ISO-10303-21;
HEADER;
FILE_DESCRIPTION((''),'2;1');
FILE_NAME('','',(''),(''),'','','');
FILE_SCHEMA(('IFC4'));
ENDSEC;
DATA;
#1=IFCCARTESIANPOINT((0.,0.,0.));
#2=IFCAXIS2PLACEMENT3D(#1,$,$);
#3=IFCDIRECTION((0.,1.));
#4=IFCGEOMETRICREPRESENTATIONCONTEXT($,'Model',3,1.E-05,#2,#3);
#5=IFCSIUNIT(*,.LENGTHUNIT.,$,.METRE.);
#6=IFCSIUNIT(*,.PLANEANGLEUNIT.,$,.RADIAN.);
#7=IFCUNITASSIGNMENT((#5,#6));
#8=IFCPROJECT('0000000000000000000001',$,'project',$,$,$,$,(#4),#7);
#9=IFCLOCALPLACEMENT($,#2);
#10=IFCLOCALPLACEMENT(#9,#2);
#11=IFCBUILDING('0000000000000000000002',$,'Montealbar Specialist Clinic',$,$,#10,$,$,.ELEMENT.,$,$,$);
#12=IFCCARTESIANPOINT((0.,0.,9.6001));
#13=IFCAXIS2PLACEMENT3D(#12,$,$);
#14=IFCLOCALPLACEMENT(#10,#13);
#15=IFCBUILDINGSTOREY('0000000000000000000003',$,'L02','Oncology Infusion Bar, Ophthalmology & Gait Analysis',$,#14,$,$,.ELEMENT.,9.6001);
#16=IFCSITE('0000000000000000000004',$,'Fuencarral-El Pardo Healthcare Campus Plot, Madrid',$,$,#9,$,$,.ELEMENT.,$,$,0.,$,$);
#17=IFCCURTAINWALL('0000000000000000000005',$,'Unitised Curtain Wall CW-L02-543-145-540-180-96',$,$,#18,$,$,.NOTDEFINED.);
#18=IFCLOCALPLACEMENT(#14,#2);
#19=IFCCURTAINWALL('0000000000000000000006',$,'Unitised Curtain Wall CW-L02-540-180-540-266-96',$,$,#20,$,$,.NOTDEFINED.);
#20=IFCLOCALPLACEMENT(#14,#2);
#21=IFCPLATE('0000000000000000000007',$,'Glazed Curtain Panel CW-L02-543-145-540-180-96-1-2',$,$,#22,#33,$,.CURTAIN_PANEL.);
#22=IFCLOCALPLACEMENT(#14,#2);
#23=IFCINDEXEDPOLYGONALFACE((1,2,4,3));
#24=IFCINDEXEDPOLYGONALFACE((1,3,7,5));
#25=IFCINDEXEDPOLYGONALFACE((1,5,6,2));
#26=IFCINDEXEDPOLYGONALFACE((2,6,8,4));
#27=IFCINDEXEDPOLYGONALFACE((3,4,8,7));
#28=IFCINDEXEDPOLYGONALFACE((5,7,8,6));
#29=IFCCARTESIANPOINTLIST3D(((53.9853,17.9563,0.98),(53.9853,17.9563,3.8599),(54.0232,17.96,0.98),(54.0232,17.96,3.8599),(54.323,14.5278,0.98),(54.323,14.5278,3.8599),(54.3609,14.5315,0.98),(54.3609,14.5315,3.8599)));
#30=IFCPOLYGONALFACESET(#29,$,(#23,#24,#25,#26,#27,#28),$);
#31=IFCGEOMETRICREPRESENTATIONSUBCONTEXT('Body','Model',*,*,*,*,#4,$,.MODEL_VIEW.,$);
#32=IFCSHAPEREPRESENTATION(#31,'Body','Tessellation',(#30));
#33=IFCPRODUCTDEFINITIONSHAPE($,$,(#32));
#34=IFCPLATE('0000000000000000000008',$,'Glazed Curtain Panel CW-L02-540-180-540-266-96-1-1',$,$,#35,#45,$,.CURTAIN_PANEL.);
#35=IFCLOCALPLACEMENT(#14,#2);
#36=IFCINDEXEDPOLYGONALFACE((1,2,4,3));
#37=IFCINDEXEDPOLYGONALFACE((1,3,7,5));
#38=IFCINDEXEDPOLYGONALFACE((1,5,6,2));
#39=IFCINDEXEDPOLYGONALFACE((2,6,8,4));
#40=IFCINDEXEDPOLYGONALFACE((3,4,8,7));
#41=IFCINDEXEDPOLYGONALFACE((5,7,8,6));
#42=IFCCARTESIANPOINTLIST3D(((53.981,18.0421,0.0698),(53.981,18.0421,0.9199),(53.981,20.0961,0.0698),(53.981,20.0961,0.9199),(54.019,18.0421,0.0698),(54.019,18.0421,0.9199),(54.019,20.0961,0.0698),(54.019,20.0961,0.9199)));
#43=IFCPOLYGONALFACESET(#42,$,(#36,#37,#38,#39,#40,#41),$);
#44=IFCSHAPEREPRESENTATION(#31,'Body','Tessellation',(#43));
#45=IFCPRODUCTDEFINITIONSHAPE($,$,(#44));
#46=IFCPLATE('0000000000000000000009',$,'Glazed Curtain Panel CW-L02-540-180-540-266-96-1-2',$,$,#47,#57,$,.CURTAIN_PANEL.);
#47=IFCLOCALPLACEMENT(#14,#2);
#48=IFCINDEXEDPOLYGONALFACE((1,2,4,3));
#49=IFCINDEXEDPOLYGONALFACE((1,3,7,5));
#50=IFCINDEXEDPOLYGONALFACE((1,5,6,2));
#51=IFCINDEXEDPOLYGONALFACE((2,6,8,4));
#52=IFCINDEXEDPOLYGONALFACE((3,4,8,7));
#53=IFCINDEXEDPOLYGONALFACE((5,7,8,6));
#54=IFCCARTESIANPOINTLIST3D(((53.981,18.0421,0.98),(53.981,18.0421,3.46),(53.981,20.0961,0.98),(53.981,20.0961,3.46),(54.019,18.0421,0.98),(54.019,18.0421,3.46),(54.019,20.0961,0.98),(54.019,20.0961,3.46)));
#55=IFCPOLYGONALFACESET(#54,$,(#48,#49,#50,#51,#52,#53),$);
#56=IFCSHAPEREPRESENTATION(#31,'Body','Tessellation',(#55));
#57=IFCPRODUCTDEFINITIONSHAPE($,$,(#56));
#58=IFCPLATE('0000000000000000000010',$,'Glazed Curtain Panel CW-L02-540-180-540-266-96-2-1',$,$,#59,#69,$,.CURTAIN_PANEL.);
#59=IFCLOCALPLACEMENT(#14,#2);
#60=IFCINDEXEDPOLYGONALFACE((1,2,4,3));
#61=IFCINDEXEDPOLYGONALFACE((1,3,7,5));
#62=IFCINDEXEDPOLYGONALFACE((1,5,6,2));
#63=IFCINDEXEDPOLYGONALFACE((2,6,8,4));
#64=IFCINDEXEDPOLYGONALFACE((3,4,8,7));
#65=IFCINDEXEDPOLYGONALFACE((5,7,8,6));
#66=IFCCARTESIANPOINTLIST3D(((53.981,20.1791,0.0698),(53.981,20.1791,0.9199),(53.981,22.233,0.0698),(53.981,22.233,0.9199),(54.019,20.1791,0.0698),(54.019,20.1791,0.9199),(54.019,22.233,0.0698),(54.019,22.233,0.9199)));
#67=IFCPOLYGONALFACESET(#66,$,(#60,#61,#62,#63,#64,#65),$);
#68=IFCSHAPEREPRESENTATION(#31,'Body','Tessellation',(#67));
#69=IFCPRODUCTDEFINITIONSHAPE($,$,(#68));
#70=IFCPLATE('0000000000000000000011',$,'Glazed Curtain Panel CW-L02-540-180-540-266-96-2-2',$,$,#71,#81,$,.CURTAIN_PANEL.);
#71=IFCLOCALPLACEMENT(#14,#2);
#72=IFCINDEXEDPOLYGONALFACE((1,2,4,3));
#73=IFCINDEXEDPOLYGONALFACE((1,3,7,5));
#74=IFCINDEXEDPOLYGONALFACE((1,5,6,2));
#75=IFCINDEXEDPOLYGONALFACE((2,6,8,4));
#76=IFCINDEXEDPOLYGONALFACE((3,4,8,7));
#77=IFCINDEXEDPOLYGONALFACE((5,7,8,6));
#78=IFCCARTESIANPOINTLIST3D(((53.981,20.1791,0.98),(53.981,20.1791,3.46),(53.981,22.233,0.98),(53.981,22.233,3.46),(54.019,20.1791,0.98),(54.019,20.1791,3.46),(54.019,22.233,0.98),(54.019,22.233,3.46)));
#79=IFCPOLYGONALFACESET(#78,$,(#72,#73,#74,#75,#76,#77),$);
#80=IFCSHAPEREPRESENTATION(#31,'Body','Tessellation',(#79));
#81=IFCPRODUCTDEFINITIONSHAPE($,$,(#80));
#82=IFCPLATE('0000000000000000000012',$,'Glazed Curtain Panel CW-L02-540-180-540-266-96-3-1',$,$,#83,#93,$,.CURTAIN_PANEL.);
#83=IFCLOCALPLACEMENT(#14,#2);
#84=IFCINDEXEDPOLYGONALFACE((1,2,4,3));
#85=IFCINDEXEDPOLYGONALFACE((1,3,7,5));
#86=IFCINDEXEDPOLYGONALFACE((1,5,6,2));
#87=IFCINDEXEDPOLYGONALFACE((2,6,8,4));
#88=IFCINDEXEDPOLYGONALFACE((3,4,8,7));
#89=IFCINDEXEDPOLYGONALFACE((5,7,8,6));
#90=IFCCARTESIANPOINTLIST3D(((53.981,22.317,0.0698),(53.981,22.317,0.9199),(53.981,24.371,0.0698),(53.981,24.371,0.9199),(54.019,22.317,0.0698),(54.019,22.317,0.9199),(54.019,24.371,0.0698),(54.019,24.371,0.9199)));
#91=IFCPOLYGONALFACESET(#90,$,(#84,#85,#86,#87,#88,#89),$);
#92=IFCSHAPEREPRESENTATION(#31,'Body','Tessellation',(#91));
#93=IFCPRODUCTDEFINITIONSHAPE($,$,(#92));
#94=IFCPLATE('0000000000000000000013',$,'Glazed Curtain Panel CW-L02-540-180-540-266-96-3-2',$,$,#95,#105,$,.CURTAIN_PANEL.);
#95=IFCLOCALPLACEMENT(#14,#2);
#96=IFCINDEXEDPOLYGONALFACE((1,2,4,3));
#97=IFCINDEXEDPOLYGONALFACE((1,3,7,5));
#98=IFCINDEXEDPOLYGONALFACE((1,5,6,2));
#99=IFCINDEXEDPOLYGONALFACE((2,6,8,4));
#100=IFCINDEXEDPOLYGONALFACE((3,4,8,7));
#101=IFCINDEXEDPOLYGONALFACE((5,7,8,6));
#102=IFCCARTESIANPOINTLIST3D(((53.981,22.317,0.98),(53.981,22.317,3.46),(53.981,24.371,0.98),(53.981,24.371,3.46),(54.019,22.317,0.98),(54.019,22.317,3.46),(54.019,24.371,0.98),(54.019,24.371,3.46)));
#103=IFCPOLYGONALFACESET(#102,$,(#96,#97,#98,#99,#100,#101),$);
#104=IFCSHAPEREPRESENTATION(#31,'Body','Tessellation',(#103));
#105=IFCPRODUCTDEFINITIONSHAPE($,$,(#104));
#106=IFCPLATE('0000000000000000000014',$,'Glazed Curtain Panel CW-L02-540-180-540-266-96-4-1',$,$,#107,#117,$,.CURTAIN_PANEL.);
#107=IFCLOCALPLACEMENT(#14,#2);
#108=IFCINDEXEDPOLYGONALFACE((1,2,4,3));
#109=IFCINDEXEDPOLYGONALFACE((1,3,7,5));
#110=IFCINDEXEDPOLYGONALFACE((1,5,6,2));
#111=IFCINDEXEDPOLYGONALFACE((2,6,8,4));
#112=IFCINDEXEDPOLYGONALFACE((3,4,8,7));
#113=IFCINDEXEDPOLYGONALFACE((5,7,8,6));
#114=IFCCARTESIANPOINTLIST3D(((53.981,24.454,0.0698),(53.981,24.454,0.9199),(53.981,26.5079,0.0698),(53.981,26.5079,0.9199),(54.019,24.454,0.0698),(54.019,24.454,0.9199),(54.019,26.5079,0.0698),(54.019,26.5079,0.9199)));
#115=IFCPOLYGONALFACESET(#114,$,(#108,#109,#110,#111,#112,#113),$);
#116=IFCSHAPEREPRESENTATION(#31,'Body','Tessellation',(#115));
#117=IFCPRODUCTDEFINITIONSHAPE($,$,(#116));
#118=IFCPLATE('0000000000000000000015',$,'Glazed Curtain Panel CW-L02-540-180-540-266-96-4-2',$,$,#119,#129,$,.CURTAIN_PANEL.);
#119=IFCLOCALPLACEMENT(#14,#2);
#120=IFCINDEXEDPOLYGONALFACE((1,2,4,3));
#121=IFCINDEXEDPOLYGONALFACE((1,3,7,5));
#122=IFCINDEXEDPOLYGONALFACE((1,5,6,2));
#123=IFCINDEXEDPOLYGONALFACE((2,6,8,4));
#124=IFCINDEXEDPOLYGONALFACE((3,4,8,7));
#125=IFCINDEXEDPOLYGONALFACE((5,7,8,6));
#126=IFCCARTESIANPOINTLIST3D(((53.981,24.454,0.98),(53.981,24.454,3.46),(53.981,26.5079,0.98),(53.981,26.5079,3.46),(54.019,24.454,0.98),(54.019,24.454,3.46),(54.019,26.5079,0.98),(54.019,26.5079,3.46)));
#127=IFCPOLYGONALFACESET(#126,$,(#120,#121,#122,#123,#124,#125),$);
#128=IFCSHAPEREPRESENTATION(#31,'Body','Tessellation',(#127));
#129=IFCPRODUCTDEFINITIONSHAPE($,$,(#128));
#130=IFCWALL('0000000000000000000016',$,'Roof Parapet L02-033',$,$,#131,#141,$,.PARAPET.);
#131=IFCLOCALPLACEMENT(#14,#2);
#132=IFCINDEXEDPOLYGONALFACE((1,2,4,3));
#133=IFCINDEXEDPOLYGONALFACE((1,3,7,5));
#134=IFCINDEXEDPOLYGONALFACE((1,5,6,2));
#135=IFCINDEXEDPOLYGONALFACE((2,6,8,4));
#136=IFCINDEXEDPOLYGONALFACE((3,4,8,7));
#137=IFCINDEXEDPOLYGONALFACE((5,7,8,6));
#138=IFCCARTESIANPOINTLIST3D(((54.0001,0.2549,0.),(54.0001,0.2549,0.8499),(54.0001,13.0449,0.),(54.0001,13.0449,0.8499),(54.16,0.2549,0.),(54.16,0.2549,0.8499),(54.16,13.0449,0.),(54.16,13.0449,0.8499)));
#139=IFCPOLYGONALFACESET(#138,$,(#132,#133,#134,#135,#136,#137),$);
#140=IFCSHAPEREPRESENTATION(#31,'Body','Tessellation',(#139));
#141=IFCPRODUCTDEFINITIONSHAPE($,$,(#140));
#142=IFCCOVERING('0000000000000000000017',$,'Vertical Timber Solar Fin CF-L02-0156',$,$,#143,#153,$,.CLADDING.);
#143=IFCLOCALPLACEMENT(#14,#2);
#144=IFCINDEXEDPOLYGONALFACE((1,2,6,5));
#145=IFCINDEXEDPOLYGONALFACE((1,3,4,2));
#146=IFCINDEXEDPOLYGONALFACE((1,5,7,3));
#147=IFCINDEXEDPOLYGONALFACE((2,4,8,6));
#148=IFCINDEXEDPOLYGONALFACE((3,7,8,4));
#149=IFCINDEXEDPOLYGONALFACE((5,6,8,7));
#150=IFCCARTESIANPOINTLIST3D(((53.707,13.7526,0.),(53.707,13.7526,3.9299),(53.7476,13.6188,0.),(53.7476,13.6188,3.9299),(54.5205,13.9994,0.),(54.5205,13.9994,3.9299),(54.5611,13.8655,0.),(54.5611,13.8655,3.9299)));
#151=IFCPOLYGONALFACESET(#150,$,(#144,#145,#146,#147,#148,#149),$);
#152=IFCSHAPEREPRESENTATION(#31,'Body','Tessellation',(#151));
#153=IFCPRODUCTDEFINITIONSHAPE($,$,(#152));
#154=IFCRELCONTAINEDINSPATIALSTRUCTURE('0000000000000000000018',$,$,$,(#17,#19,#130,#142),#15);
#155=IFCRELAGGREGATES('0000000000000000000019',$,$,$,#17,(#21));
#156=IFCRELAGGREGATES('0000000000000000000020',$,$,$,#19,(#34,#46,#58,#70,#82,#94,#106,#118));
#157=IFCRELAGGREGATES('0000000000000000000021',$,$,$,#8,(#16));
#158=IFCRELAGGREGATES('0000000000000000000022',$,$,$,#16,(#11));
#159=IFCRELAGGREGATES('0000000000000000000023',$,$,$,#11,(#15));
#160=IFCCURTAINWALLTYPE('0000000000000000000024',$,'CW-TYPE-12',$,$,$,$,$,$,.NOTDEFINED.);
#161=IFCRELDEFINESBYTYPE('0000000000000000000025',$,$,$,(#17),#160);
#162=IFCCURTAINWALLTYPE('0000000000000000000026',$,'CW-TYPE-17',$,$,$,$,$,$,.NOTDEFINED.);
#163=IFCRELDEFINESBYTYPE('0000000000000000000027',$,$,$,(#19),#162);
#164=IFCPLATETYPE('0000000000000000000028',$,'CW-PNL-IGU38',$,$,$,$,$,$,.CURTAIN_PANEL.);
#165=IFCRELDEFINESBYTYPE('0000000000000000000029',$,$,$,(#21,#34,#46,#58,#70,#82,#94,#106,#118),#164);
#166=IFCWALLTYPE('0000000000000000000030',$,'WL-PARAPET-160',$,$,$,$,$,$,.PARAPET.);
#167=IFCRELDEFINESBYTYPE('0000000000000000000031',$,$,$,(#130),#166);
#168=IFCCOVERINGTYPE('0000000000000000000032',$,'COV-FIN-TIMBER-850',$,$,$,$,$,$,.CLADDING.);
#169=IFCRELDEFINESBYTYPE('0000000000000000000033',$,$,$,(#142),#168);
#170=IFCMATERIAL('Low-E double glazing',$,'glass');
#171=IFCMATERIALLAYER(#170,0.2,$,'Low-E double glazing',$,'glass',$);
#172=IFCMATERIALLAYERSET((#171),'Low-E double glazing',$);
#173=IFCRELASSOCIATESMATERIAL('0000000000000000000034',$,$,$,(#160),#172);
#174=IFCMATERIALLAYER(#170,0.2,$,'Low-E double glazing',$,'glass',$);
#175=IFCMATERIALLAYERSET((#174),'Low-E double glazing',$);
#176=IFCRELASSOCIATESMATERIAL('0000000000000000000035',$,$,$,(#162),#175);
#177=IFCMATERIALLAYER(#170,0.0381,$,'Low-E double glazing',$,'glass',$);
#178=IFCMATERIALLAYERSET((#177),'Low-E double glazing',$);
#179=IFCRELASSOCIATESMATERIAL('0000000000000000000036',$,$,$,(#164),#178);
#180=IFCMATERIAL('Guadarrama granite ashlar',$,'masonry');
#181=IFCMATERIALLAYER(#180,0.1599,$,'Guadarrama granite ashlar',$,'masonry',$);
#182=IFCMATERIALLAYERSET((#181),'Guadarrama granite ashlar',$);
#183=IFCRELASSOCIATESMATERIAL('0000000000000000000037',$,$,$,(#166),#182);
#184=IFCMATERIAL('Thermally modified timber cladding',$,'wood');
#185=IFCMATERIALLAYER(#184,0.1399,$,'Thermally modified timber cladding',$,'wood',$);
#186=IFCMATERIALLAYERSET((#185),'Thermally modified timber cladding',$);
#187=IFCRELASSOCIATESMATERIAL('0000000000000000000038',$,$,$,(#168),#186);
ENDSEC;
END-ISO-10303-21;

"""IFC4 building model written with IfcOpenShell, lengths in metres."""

from ifc_helpers import new_model, si_unit, direction, frame, frame_2d, origin, origin_2d, place, context, subcontext, project, spatial, rectangle, extrude, material, layer, layer_set, type_object, element, aggregate, save


model = new_model("IFC4")

# Units and contexts
model_context = context("Model", 3, precision=1e-05, world=origin(), true_north=direction((0.0, 1.0)))
body_context = subcontext(model_context, "Body", "Model", "MODEL_VIEW")
ifc_project = project(units=[si_unit("LENGTHUNIT", "METRE"), si_unit("PLANEANGLEUNIT", "RADIAN")], contexts=[model_context])

# Site, building, storey
site_placement = place(None, origin())
site = spatial("IfcSite", under=ifc_project, at=site_placement, Name="Fuencarral-El Pardo Healthcare Campus Plot, Madrid", CompositionType="ELEMENT", RefElevation=0.0)
building_placement = place(site_placement, origin())
building = spatial("IfcBuilding", under=site, at=building_placement, Name="Montealbar Specialist Clinic", CompositionType="ELEMENT")
storey_placement = place(building_placement, frame((0.0, 0.0, 9.6001)))
storey = spatial("IfcBuildingStorey", under=building, at=storey_placement, Name="L02", Description="Oncology Infusion Bar, Ophthalmology & Gait Analysis", CompositionType="ELEMENT", Elevation=9.6001)

# Curtain wall
ifc_material_1 = material(Name="Low-E double glazing", Category="glass")
ifc_layer_1 = layer(ifc_material_1, 0.2, Name="Low-E double glazing", Category="glass")
ifc_layer_set_1 = layer_set([ifc_layer_1], Name="Low-E double glazing")
curtain_wall_type_1 = type_object("IfcCurtainWallType", Name="CW-TYPE-12", PredefinedType="NOTDEFINED", material=ifc_layer_set_1)
curtain_wall_1_placement = place(storey_placement, origin())
curtain_wall_1 = element("IfcCurtainWall", 1, at=curtain_wall_1_placement, inside=storey, type_object=curtain_wall_type_1, Name="Unitised Curtain Wall CW-L02-543-145-540-180-96", PredefinedType="NOTDEFINED")

# Curtain wall
ifc_layer_2 = layer(ifc_material_1, 0.2, Name="Low-E double glazing", Category="glass")
ifc_layer_set_2 = layer_set([ifc_layer_2], Name="Low-E double glazing")
curtain_wall_type_2 = type_object("IfcCurtainWallType", Name="CW-TYPE-17", PredefinedType="NOTDEFINED", material=ifc_layer_set_2)
curtain_wall_2_placement = place(storey_placement, origin())
curtain_wall_2 = element("IfcCurtainWall", 2, at=curtain_wall_2_placement, inside=storey, type_object=curtain_wall_type_2, Name="Unitised Curtain Wall CW-L02-540-180-540-266-96", PredefinedType="NOTDEFINED")

# Plates
ifc_layer_3 = layer(ifc_material_1, 0.0381, Name="Low-E double glazing", Category="glass")
ifc_layer_set_3 = layer_set([ifc_layer_3], Name="Low-E double glazing")
plate_type = type_object("IfcPlateType", Name="CW-PNL-IGU38", PredefinedType="CURTAIN_PANEL", material=ifc_layer_set_3)
plate_1_placement = place(storey_placement, frame((54.1731, 16.2439, 0.98), z_axis=(0.0, 0.0, 1.0), x_axis=(-0.098045, 0.995182, 0.0)))
plate_1 = element("IfcPlate", 3, at=plate_1_placement, type_object=plate_type, Name="Glazed Curtain Panel CW-L02-543-145-540-180-96-1-2", PredefinedType="CURTAIN_PANEL", context=body_context, shape_type="SweptSolid", body=[
    extrude(rectangle(XDim=3.4451, YDim=0.0381, at=origin_2d()), origin(), (0.0, 0.0, 1.0), 2.8799),
])
aggregate(curtain_wall_1, [plate_1])
plate_2_placement = place(storey_placement, frame((54.0, 19.0691, 0.0698), z_axis=(0.0, 0.0, 1.0), x_axis=(0.0, 1.0, 0.0)))
plate_2 = element("IfcPlate", 4, at=plate_2_placement, type_object=plate_type, Name="Glazed Curtain Panel CW-L02-540-180-540-266-96-1-1", PredefinedType="CURTAIN_PANEL", context=body_context, shape_type="SweptSolid", body=[
    extrude(rectangle(XDim=2.054, YDim=0.0381, at=origin_2d()), origin(), (0.0, 0.0, 1.0), 0.8501),
])
plate_3_placement = place(storey_placement, frame((54.0, 19.0691, 0.98), z_axis=(0.0, 0.0, 1.0), x_axis=(0.0, 1.0, 0.0)))
plate_3 = element("IfcPlate", 5, at=plate_3_placement, type_object=plate_type, Name="Glazed Curtain Panel CW-L02-540-180-540-266-96-1-2", PredefinedType="CURTAIN_PANEL", context=body_context, shape_type="SweptSolid", body=[
    extrude(rectangle(XDim=2.054, YDim=0.0381, at=origin_2d()), origin(), (0.0, 0.0, 1.0), 2.48),
])
plate_4_placement = place(storey_placement, frame((54.0, 21.2061, 0.0698), z_axis=(0.0, 0.0, 1.0), x_axis=(0.0, 1.0, 0.0)))
plate_4 = element("IfcPlate", 6, at=plate_4_placement, type_object=plate_type, Name="Glazed Curtain Panel CW-L02-540-180-540-266-96-2-1", PredefinedType="CURTAIN_PANEL", context=body_context, shape_type="SweptSolid", body=[
    extrude(rectangle(XDim=2.054, YDim=0.0381, at=origin_2d()), origin(), (0.0, 0.0, 1.0), 0.8501),
])
plate_5_placement = place(storey_placement, frame((54.0, 21.2061, 0.98), z_axis=(0.0, 0.0, 1.0), x_axis=(0.0, 1.0, 0.0)))
plate_5 = element("IfcPlate", 7, at=plate_5_placement, type_object=plate_type, Name="Glazed Curtain Panel CW-L02-540-180-540-266-96-2-2", PredefinedType="CURTAIN_PANEL", context=body_context, shape_type="SweptSolid", body=[
    extrude(rectangle(XDim=2.054, YDim=0.0381, at=origin_2d()), origin(), (0.0, 0.0, 1.0), 2.48),
])
plate_6_placement = place(storey_placement, frame((54.0, 23.344, 0.0698), z_axis=(0.0, 0.0, 1.0), x_axis=(0.0, 1.0, 0.0)))
plate_6 = element("IfcPlate", 8, at=plate_6_placement, type_object=plate_type, Name="Glazed Curtain Panel CW-L02-540-180-540-266-96-3-1", PredefinedType="CURTAIN_PANEL", context=body_context, shape_type="SweptSolid", body=[
    extrude(rectangle(XDim=2.054, YDim=0.0381, at=origin_2d()), origin(), (0.0, 0.0, 1.0), 0.8501),
])
plate_7_placement = place(storey_placement, frame((54.0, 23.344, 0.98), z_axis=(0.0, 0.0, 1.0), x_axis=(0.0, 1.0, 0.0)))
plate_7 = element("IfcPlate", 9, at=plate_7_placement, type_object=plate_type, Name="Glazed Curtain Panel CW-L02-540-180-540-266-96-3-2", PredefinedType="CURTAIN_PANEL", context=body_context, shape_type="SweptSolid", body=[
    extrude(rectangle(XDim=2.054, YDim=0.0381, at=origin_2d()), origin(), (0.0, 0.0, 1.0), 2.48),
])
plate_8_placement = place(storey_placement, frame((54.0, 25.481, 0.0698), z_axis=(0.0, 0.0, 1.0), x_axis=(0.0, 1.0, 0.0)))
plate_8 = element("IfcPlate", 10, at=plate_8_placement, type_object=plate_type, Name="Glazed Curtain Panel CW-L02-540-180-540-266-96-4-1", PredefinedType="CURTAIN_PANEL", context=body_context, shape_type="SweptSolid", body=[
    extrude(rectangle(XDim=2.054, YDim=0.0381, at=origin_2d()), origin(), (0.0, 0.0, 1.0), 0.8501),
])
plate_9_placement = place(storey_placement, frame((54.0, 25.481, 0.98), z_axis=(0.0, 0.0, 1.0), x_axis=(0.0, 1.0, 0.0)))
plate_9 = element("IfcPlate", 11, at=plate_9_placement, type_object=plate_type, Name="Glazed Curtain Panel CW-L02-540-180-540-266-96-4-2", PredefinedType="CURTAIN_PANEL", context=body_context, shape_type="SweptSolid", body=[
    extrude(rectangle(XDim=2.054, YDim=0.0381, at=origin_2d()), origin(), (0.0, 0.0, 1.0), 2.48),
])
aggregate(curtain_wall_2, [plate_2, plate_3, plate_4, plate_5, plate_6, plate_7, plate_8, plate_9])

# Wall
ifc_material_2 = material(Name="Guadarrama granite ashlar", Category="masonry")
ifc_layer_4 = layer(ifc_material_2, 0.1599, Name="Guadarrama granite ashlar", Category="masonry")
ifc_layer_set_4 = layer_set([ifc_layer_4], Name="Guadarrama granite ashlar")
wall_type = type_object("IfcWallType", Name="WL-PARAPET-160", PredefinedType="PARAPET", material=ifc_layer_set_4)
wall_placement = place(storey_placement, frame((54.0801, 0.2549, 0.0), z_axis=(0.0, 0.0, 1.0), x_axis=(0.0, 1.0, 0.0)))
element("IfcWall", 12, at=wall_placement, inside=storey, type_object=wall_type, Name="Roof Parapet L02-033", PredefinedType="PARAPET", context=body_context, shape_type="SweptSolid", body=[
    extrude(rectangle(XDim=12.79, YDim=0.1599, at=frame_2d((6.395, 0.0))), origin(), (0.0, 0.0, 1.0), 0.8499),
])

# Covering
ifc_material_3 = material(Name="Thermally modified timber cladding", Category="wood")
ifc_layer_5 = layer(ifc_material_3, 0.1399, Name="Thermally modified timber cladding", Category="wood")
ifc_layer_set_5 = layer_set([ifc_layer_5], Name="Thermally modified timber cladding")
covering_type = type_object("IfcCoveringType", Name="COV-FIN-TIMBER-850", PredefinedType="CLADDING", material=ifc_layer_set_5)
covering_placement = place(storey_placement, frame((54.134, 13.8091, 0.0), z_axis=(0.0, 0.0, 1.0), x_axis=(-0.956948, -0.290259, 0.0)))
element("IfcCovering", 13, at=covering_placement, inside=storey, type_object=covering_type, Name="Vertical Timber Solar Fin CF-L02-0156", PredefinedType="CLADDING", context=body_context, shape_type="SweptSolid", body=[
    extrude(rectangle(XDim=0.8501, YDim=0.1399, at=origin_2d()), origin(), (0.0, 0.0, 1.0), 3.9299),
])

save(model, "model.ifc")
